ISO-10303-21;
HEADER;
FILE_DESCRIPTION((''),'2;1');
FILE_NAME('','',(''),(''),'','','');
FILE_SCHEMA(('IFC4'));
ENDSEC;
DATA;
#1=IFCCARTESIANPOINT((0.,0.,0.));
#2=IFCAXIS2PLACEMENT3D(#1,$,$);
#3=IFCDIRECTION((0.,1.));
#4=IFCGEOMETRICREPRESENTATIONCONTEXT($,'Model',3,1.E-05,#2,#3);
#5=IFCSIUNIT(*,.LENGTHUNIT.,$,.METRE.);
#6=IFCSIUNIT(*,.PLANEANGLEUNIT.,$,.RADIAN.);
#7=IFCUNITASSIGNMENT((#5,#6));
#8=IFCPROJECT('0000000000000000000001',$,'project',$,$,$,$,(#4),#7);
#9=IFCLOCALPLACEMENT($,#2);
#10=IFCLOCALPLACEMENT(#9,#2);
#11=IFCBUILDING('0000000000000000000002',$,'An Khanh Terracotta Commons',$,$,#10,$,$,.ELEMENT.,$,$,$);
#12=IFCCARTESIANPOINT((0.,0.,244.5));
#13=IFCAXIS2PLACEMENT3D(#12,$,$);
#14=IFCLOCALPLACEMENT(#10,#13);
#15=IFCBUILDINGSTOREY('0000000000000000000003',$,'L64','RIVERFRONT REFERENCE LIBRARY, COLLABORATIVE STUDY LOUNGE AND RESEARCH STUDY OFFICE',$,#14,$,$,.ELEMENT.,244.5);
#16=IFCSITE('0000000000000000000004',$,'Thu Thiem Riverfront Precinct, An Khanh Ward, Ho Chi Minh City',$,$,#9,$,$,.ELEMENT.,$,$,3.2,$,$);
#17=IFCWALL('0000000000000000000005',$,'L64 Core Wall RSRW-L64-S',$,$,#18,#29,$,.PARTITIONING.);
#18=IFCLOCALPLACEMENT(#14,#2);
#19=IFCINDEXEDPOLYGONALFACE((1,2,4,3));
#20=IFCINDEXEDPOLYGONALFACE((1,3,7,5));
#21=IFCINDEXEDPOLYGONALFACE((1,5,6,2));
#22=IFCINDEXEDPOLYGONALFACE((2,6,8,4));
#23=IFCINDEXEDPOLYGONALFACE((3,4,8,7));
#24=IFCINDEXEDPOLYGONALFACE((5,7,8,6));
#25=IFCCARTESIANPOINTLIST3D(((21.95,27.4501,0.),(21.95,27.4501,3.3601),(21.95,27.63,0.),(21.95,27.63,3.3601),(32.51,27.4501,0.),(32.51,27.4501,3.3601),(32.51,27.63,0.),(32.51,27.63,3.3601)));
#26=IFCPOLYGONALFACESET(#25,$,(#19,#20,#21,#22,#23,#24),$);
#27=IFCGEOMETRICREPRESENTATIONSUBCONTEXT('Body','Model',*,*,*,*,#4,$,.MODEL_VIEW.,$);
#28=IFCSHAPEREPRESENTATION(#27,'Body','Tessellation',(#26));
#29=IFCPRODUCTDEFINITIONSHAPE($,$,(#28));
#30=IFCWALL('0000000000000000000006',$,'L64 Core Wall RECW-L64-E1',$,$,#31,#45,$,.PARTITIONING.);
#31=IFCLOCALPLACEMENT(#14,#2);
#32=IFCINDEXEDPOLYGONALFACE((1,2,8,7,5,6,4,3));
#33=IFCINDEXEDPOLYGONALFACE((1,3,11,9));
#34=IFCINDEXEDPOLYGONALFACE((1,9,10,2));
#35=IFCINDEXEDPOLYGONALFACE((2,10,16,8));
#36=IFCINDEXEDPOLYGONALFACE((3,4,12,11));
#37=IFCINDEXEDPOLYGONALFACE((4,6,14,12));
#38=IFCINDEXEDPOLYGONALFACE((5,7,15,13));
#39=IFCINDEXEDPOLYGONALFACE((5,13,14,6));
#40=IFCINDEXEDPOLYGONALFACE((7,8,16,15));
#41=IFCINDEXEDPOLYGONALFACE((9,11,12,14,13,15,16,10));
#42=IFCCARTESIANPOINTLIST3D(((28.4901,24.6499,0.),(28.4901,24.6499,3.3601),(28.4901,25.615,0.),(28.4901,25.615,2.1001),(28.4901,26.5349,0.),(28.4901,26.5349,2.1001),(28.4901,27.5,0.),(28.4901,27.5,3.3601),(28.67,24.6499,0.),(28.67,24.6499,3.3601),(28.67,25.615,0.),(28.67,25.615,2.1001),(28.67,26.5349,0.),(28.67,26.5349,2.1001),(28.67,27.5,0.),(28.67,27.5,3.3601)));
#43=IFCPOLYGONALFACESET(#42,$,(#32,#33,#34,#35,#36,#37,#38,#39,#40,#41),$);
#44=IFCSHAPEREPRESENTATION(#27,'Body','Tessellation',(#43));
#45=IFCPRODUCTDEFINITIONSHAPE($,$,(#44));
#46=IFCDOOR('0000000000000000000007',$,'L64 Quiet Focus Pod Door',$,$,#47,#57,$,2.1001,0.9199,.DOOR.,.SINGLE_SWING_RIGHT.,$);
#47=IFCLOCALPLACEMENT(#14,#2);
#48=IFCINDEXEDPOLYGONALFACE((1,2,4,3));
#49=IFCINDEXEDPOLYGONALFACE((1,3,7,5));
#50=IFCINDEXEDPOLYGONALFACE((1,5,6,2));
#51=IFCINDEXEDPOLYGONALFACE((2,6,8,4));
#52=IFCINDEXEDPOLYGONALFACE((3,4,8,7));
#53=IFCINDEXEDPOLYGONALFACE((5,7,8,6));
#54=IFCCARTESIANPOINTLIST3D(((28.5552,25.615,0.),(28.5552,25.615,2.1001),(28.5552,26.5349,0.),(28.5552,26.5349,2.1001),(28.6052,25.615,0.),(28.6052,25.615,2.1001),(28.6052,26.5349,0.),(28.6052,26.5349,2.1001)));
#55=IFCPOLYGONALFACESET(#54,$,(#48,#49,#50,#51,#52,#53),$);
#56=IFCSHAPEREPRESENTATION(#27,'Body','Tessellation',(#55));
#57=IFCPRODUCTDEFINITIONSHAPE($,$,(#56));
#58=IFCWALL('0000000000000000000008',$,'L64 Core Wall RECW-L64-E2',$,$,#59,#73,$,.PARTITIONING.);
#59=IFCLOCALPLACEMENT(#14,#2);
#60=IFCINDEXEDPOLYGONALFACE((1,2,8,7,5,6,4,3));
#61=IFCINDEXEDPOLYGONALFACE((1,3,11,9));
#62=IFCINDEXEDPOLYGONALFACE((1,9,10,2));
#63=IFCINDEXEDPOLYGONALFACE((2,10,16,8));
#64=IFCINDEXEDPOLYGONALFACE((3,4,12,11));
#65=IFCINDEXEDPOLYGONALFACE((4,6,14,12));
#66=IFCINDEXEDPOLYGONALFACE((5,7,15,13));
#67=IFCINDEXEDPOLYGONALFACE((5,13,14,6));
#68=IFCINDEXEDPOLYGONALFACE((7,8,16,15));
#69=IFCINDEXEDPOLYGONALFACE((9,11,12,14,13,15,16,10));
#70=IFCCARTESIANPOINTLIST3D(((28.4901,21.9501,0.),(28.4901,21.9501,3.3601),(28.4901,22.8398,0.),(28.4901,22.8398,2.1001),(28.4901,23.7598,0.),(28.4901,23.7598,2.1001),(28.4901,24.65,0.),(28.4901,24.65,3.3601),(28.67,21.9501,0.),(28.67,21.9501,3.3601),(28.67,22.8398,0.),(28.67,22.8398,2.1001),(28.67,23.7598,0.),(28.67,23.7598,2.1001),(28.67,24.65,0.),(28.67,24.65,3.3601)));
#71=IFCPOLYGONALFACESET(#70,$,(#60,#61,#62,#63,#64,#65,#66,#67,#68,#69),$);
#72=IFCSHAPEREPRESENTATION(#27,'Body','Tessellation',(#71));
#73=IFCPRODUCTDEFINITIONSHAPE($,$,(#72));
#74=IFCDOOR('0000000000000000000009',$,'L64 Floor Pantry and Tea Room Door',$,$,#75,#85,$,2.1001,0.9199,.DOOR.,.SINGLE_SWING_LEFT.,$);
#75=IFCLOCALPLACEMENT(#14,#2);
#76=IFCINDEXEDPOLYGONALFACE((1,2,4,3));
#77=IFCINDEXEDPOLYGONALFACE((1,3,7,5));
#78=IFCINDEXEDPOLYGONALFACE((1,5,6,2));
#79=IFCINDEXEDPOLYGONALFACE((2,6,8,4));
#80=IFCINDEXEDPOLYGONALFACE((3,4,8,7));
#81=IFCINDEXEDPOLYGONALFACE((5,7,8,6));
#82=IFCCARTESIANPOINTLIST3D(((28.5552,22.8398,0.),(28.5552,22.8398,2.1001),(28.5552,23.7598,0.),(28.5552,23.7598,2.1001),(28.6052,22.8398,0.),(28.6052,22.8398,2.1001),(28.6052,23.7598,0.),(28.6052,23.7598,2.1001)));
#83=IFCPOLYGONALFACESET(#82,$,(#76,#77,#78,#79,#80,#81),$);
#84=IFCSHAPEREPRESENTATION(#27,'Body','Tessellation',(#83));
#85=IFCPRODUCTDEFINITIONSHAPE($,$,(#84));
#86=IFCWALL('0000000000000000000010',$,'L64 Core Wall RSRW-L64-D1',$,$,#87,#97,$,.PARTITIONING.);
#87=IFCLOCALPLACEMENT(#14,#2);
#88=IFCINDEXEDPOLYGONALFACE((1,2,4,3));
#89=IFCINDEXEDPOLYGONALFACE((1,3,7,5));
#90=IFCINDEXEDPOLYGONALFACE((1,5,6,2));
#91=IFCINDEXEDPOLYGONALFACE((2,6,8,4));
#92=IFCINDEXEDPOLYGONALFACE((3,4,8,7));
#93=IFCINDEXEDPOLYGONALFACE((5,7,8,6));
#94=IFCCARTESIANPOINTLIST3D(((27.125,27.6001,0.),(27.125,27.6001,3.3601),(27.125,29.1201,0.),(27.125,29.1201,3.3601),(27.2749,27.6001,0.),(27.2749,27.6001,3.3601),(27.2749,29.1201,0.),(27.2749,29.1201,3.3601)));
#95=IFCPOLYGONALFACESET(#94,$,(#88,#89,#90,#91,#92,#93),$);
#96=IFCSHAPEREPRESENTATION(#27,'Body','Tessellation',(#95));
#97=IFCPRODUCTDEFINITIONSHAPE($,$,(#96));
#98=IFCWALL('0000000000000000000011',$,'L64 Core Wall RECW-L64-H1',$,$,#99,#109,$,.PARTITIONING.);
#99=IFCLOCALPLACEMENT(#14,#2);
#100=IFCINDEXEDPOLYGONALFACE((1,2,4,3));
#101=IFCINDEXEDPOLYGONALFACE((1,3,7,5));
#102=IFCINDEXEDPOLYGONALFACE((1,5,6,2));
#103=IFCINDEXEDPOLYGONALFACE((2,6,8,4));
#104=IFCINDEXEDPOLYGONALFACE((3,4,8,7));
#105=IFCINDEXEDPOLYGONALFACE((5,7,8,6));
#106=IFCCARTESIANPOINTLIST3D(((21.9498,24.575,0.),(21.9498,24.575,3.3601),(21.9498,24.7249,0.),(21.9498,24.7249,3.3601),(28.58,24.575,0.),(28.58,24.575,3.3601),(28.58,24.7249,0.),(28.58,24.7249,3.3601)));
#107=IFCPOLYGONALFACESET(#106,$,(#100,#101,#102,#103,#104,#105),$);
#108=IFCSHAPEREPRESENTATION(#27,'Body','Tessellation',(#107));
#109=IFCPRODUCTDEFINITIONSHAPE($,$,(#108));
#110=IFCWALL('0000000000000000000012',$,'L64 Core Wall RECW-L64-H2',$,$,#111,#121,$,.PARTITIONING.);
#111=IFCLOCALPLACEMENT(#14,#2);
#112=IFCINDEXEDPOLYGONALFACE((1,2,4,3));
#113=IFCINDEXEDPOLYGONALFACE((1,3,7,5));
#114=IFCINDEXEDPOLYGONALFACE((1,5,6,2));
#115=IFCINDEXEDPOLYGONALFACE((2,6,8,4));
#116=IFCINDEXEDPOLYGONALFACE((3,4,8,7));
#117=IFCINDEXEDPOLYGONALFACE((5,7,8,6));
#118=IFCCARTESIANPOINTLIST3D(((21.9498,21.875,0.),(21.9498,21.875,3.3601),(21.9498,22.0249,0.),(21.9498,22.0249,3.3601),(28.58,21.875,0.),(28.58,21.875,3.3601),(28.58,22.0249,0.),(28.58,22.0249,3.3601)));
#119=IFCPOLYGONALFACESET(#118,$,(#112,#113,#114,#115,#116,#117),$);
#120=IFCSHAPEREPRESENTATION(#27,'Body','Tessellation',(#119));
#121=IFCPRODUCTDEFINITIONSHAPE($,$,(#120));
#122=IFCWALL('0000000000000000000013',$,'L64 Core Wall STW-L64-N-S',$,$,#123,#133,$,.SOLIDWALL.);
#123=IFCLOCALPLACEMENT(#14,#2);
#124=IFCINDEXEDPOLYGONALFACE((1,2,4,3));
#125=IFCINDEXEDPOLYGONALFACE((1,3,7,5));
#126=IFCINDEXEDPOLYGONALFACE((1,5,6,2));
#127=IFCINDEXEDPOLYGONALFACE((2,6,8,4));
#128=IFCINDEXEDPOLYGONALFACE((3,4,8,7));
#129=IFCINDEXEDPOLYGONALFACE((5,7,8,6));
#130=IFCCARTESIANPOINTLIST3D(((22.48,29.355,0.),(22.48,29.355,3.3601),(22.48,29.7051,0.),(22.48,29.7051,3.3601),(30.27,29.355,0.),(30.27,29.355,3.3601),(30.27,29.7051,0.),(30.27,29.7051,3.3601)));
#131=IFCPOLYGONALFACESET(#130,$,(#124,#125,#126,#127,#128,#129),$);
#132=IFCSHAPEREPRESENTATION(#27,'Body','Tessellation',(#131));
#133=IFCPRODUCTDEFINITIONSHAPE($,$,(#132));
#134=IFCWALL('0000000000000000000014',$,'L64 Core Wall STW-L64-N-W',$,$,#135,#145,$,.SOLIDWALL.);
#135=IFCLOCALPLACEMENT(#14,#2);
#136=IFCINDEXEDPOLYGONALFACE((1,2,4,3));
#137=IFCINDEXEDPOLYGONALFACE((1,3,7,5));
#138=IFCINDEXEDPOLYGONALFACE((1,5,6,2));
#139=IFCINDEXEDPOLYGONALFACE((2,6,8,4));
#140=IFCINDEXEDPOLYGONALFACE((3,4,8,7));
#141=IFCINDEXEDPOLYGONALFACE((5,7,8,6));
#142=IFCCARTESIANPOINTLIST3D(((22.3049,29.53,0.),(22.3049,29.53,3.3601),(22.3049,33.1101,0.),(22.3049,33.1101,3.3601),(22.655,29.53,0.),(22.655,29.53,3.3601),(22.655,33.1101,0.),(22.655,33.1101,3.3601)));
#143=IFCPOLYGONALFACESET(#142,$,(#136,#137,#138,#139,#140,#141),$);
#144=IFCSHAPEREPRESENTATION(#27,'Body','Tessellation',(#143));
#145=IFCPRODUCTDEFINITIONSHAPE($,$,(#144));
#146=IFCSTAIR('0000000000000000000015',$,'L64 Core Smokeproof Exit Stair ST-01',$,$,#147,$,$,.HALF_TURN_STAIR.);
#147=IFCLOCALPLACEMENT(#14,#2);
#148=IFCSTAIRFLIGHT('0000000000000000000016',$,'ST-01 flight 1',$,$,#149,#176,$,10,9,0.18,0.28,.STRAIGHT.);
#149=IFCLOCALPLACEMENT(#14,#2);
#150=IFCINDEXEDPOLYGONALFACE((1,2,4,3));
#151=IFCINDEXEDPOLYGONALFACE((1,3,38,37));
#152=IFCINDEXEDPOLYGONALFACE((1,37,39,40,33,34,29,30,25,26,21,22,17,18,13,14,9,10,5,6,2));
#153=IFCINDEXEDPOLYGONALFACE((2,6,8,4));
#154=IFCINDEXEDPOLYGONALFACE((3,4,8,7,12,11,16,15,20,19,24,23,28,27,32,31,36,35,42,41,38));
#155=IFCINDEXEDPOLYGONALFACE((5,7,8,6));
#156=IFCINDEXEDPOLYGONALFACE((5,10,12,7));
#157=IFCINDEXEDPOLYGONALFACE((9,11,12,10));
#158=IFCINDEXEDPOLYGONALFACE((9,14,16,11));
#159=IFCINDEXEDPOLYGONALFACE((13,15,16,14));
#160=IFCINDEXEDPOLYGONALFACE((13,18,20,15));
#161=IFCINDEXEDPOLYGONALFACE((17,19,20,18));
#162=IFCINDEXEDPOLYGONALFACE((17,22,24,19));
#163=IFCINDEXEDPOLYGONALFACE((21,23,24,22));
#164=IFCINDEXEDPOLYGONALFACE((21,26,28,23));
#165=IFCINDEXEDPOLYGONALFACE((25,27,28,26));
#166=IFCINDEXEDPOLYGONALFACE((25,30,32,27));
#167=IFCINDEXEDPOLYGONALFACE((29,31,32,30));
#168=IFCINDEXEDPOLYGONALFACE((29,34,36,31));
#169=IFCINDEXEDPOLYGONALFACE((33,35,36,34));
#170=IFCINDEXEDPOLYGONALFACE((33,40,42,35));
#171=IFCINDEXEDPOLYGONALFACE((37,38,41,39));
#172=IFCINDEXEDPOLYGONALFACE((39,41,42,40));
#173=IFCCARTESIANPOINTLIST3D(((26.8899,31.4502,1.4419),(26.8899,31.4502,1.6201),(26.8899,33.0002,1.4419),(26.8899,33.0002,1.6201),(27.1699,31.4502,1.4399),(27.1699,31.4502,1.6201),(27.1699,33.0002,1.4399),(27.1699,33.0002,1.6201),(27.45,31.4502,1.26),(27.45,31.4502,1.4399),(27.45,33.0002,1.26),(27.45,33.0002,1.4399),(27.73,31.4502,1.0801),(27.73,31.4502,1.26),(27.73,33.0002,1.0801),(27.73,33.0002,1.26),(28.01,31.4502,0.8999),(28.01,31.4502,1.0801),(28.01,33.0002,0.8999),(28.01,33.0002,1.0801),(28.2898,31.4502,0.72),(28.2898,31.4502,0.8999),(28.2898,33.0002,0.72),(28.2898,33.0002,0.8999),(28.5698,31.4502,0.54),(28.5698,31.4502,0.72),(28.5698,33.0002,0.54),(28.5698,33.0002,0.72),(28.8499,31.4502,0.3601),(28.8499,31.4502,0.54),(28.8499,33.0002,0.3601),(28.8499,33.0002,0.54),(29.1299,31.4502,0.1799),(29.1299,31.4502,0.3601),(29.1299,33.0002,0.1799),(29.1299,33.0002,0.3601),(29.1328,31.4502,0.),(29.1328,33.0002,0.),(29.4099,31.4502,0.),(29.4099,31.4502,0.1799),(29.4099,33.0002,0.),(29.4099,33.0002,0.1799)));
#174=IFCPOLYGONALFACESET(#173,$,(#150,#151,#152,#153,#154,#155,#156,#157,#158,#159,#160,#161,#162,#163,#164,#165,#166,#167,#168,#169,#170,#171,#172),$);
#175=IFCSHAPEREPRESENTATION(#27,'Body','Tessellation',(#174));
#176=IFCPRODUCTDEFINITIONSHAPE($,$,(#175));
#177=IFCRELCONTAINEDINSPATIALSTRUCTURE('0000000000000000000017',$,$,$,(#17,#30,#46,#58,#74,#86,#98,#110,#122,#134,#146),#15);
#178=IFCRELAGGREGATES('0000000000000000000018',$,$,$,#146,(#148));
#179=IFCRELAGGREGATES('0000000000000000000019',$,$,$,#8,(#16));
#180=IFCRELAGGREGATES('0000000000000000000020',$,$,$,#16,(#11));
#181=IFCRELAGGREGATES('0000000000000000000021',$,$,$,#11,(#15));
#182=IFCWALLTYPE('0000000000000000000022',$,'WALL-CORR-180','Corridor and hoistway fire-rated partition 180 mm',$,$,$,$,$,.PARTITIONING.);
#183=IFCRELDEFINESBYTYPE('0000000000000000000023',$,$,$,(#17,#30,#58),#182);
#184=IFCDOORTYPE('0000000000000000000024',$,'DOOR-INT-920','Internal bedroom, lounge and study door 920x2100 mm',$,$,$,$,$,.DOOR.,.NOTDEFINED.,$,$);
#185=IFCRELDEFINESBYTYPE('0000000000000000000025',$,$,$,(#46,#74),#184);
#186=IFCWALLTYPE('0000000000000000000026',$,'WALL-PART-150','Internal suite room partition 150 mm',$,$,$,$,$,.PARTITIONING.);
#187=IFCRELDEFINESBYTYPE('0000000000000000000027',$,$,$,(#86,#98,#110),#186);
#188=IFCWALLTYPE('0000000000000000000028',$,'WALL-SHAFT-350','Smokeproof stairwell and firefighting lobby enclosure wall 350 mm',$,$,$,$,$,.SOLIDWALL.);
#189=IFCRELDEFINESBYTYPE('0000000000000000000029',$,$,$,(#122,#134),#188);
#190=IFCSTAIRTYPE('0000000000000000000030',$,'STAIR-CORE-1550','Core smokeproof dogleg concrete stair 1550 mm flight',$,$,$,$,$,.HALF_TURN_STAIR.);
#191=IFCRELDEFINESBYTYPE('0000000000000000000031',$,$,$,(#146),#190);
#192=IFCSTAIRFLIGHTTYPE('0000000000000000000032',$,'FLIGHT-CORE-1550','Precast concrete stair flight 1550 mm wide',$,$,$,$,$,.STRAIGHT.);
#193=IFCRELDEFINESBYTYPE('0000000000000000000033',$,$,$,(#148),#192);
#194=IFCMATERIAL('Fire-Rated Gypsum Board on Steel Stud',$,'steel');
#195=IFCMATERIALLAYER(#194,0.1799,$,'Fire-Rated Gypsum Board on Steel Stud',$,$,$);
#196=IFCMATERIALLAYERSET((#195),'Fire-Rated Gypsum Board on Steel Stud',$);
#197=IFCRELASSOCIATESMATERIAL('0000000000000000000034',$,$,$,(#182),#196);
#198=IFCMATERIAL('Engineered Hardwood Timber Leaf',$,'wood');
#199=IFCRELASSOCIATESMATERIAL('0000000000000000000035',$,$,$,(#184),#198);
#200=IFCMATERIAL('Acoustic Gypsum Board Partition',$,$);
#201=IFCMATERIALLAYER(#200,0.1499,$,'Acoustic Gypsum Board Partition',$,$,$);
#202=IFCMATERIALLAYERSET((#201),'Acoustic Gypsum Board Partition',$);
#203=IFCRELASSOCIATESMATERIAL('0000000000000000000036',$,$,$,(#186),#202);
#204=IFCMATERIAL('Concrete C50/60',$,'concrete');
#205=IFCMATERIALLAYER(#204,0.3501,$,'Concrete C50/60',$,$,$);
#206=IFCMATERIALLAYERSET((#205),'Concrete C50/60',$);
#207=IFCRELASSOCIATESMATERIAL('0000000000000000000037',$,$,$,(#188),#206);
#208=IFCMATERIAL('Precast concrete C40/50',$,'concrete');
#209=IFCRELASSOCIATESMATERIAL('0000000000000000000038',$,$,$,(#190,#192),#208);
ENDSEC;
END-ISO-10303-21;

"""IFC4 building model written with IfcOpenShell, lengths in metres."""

from ifc_helpers import new_model, si_unit, direction, frame, frame_2d, origin, place, context, subcontext, project, spatial, polyline, rectangle, outline, extrude, material, layer, layer_set, type_object, element, fill, aggregate, save


model = new_model("IFC4")

# Units and contexts
model_context = context("Model", 3, precision=1e-05, world=origin(), true_north=direction((0.0, 1.0)))
body_context = subcontext(model_context, "Body", "Model", "MODEL_VIEW")
ifc_project = project(units=[si_unit("LENGTHUNIT", "METRE"), si_unit("PLANEANGLEUNIT", "RADIAN")], contexts=[model_context])

# Site, building, storey
site_placement = place(None, origin())
site = spatial("IfcSite", under=ifc_project, at=site_placement, Name="Thu Thiem Riverfront Precinct, An Khanh Ward, Ho Chi Minh City", CompositionType="ELEMENT", RefElevation=3.2)
building_placement = place(site_placement, origin())
building = spatial("IfcBuilding", under=site, at=building_placement, Name="An Khanh Terracotta Commons", CompositionType="ELEMENT")
storey_placement = place(building_placement, frame((0.0, 0.0, 244.5)))
storey = spatial("IfcBuildingStorey", under=building, at=storey_placement, Name="L64", Description="RIVERFRONT REFERENCE LIBRARY, COLLABORATIVE STUDY LOUNGE AND RESEARCH STUDY OFFICE", CompositionType="ELEMENT", Elevation=244.5)

# Wall
ifc_material_1 = material(Name="Fire-Rated Gypsum Board on Steel Stud", Category="steel")
ifc_layer_1 = layer(ifc_material_1, 0.1799, Name="Fire-Rated Gypsum Board on Steel Stud")
ifc_layer_set_1 = layer_set([ifc_layer_1], Name="Fire-Rated Gypsum Board on Steel Stud")
wall_type_1 = type_object("IfcWallType", Name="WALL-CORR-180", Description="Corridor and hoistway fire-rated partition 180 mm", PredefinedType="PARTITIONING", material=ifc_layer_set_1)
wall_1_placement = place(storey_placement, frame((21.95, 27.54, 0.0), z_axis=(0.0, 0.0, 1.0), x_axis=(1.0, 0.0, 0.0)))
element("IfcWall", 1, at=wall_1_placement, inside=storey, type_object=wall_type_1, Name="L64 Core Wall RSRW-L64-S", PredefinedType="PARTITIONING", context=body_context, shape_type="SweptSolid", body=[
    extrude(rectangle(XDim=10.5601, YDim=0.1799, at=frame_2d((5.28, 0.0))), origin(), (0.0, 0.0, 1.0), 3.3601),
])

# Walls, openings, doors
wall_2_placement = place(storey_placement, frame((28.5801, 24.6499, 0.0), z_axis=(0.0, 0.0, 1.0), x_axis=(0.0, 1.0, 0.0)))
wall_2 = element("IfcWall", 2, at=wall_2_placement, inside=storey, type_object=wall_type_1, Name="L64 Core Wall RECW-L64-E1", PredefinedType="PARTITIONING", context=body_context, shape_type="SweptSolid", body=[
    extrude(rectangle(XDim=2.8501, YDim=0.1799, at=frame_2d((1.425, 0.0))), origin(), (0.0, 0.0, 1.0), 3.3601),
])
opening_1_placement = place(wall_2_placement, frame((0.9651, 0.0, 0.0)))
opening_1 = element("IfcOpeningElement", 3, at=opening_1_placement, cuts=wall_2, PredefinedType="OPENING", context=body_context, shape_type="SweptSolid", body=[
    extrude(rectangle(XDim=0.9199, YDim=2.1001, at=frame_2d((0.46, 1.05))), frame((0.0, 0.0999, 0.0), z_axis=(0.0, -1.0, 0.0), x_axis=(1.0, 0.0, 0.0)), (0.0, 0.0, 1.0), 0.2),
])
ifc_material_2 = material(Name="Engineered Hardwood Timber Leaf", Category="wood")
door_type = type_object("IfcDoorType", Name="DOOR-INT-920", Description="Internal bedroom, lounge and study door 920x2100 mm", OperationType="NOTDEFINED", PredefinedType="DOOR", material=ifc_material_2)
door_1_placement = place(opening_1_placement, origin())
door_1 = element("IfcDoor", 4, at=door_1_placement, inside=storey, type_object=door_type, Name="L64 Quiet Focus Pod Door", OperationType="SINGLE_SWING_RIGHT", OverallHeight=2.1001, OverallWidth=0.9199, PredefinedType="DOOR", context=body_context, shape_type="SweptSolid", body=[
    extrude(rectangle(XDim=0.9199, YDim=2.1001, at=frame_2d((0.46, 1.05))), frame((0.0, 0.0249, 0.0), z_axis=(0.0, -1.0, 0.0), x_axis=(1.0, 0.0, 0.0)), (0.0, 0.0, 1.0), 0.05),
])
fill(opening_1, door_1)
wall_3_placement = place(storey_placement, frame((28.5801, 21.95, 0.0), z_axis=(0.0, 0.0, 1.0), x_axis=(0.0, 1.0, 0.0)))
wall_3 = element("IfcWall", 5, at=wall_3_placement, inside=storey, type_object=wall_type_1, Name="L64 Core Wall RECW-L64-E2", PredefinedType="PARTITIONING", context=body_context, shape_type="SweptSolid", body=[
    extrude(rectangle(XDim=2.7, YDim=0.1799, at=frame_2d((1.3501, 0.0))), origin(), (0.0, 0.0, 1.0), 3.3601),
])
opening_2_placement = place(wall_3_placement, frame((0.8899, 0.0, 0.0)))
opening_2 = element("IfcOpeningElement", 6, at=opening_2_placement, cuts=wall_3, PredefinedType="OPENING", context=body_context, shape_type="SweptSolid", body=[
    extrude(rectangle(XDim=0.9199, YDim=2.1001, at=frame_2d((0.46, 1.05))), frame((0.0, 0.0999, 0.0), z_axis=(0.0, -1.0, 0.0), x_axis=(1.0, 0.0, 0.0)), (0.0, 0.0, 1.0), 0.2),
])
door_2_placement = place(opening_2_placement, origin())
door_2 = element("IfcDoor", 7, at=door_2_placement, inside=storey, type_object=door_type, Name="L64 Floor Pantry and Tea Room Door", OperationType="SINGLE_SWING_LEFT", OverallHeight=2.1001, OverallWidth=0.9199, PredefinedType="DOOR", context=body_context, shape_type="SweptSolid", body=[
    extrude(rectangle(XDim=0.9199, YDim=2.1001, at=frame_2d((0.46, 1.05))), frame((0.0, 0.0249, 0.0), z_axis=(0.0, -1.0, 0.0), x_axis=(1.0, 0.0, 0.0)), (0.0, 0.0, 1.0), 0.05),
])
fill(opening_2, door_2)

# Walls
ifc_material_3 = material(Name="Acoustic Gypsum Board Partition")
ifc_layer_2 = layer(ifc_material_3, 0.1499, Name="Acoustic Gypsum Board Partition")
ifc_layer_set_2 = layer_set([ifc_layer_2], Name="Acoustic Gypsum Board Partition")
wall_type_2 = type_object("IfcWallType", Name="WALL-PART-150", Description="Internal suite room partition 150 mm", PredefinedType="PARTITIONING", material=ifc_layer_set_2)
wall_4_placement = place(storey_placement, frame((27.2, 27.6001, 0.0), z_axis=(0.0, 0.0, 1.0), x_axis=(0.0, 1.0, 0.0)))
element("IfcWall", 8, at=wall_4_placement, inside=storey, type_object=wall_type_2, Name="L64 Core Wall RSRW-L64-D1", PredefinedType="PARTITIONING", context=body_context, shape_type="SweptSolid", body=[
    extrude(rectangle(XDim=1.52, YDim=0.1499, at=frame_2d((0.76, 0.0))), origin(), (0.0, 0.0, 1.0), 3.3601),
])
for number, where, z_axis, x_axis, name in (
    (9, (21.95, 24.6499, 0.0), (0.0, 0.0, 1.0), (1.0, 0.0, 0.0), "L64 Core Wall RECW-L64-H1"),
    (10, (21.95, 21.95, 0.0), (0.0, 0.0, 1.0), (1.0, 0.0, 0.0), "L64 Core Wall RECW-L64-H2"),
):
    element("IfcWall", number, at=place(storey_placement, frame(where, z_axis=z_axis, x_axis=x_axis)), inside=storey, type_object=wall_type_2, Name=name, PredefinedType="PARTITIONING", context=body_context, shape_type="SweptSolid", body=[
        extrude(rectangle(XDim=6.6301, YDim=0.1499, at=frame_2d((3.3149, 0.0))), origin(), (0.0, 0.0, 1.0), 3.3601),
    ])
ifc_material_4 = material(Name="Concrete C50/60", Category="concrete")
ifc_layer_3 = layer(ifc_material_4, 0.3501, Name="Concrete C50/60")
ifc_layer_set_3 = layer_set([ifc_layer_3], Name="Concrete C50/60")
wall_type_3 = type_object("IfcWallType", Name="WALL-SHAFT-350", Description="Smokeproof stairwell and firefighting lobby enclosure wall 350 mm", PredefinedType="SOLIDWALL", material=ifc_layer_set_3)
wall_5_placement = place(storey_placement, frame((22.48, 29.53, 0.0), z_axis=(0.0, 0.0, 1.0), x_axis=(1.0, 0.0, 0.0)))
element("IfcWall", 11, at=wall_5_placement, inside=storey, type_object=wall_type_3, Name="L64 Core Wall STW-L64-N-S", PredefinedType="SOLIDWALL", context=body_context, shape_type="SweptSolid", body=[
    extrude(rectangle(XDim=7.79, YDim=0.3501, at=frame_2d((3.895, 0.0))), origin(), (0.0, 0.0, 1.0), 3.3601),
])
wall_6_placement = place(storey_placement, frame((22.48, 29.53, 0.0), z_axis=(0.0, 0.0, 1.0), x_axis=(0.0, 1.0, 0.0)))
element("IfcWall", 12, at=wall_6_placement, inside=storey, type_object=wall_type_3, Name="L64 Core Wall STW-L64-N-W", PredefinedType="SOLIDWALL", context=body_context, shape_type="SweptSolid", body=[
    extrude(rectangle(XDim=3.5801, YDim=0.3501, at=frame_2d((1.79, 0.0))), origin(), (0.0, 0.0, 1.0), 3.3601),
])

# Stair, stair flight
ifc_material_5 = material(Name="Precast concrete C40/50", Category="concrete")
stair_type = type_object("IfcStairType", Name="STAIR-CORE-1550", Description="Core smokeproof dogleg concrete stair 1550 mm flight", PredefinedType="HALF_TURN_STAIR", material=ifc_material_5)
stair_placement = place(storey_placement, origin())
stair = element("IfcStair", 13, at=stair_placement, inside=storey, type_object=stair_type, Name="L64 Core Smokeproof Exit Stair ST-01", PredefinedType="HALF_TURN_STAIR")
stair_flight_type = type_object("IfcStairFlightType", Name="FLIGHT-CORE-1550", Description="Precast concrete stair flight 1550 mm wide", PredefinedType="STRAIGHT", material=ifc_material_5)
stair_flight_1_placement = place(storey_placement, frame((29.4099, 32.2251, 0.0), z_axis=(0.0, 0.0, 1.0), x_axis=(-1.0, 0.0, 0.0)))
stair_flight_1 = element("IfcStairFlight", 14, at=stair_flight_1_placement, type_object=stair_flight_type, Name="ST-01 flight 1", NumberOfRisers=10, NumberOfTreads=9, PredefinedType="STRAIGHT", RiserHeight=0.18, TreadLength=0.28, context=body_context, shape_type="SweptSolid", body=[
    extrude(outline(polyline([(0.0, 0.0), (0.0, 0.1799), (0.28, 0.1799), (0.28, 0.3601), (0.5601, 0.3601), (0.5601, 0.54), (0.8401, 0.54), (0.8401, 0.72), (1.1201, 0.72), (1.1201, 0.8999), (1.3999, 0.8999), (1.3999, 1.0801), (1.6799, 1.0801), (1.6799, 1.26), (1.96, 1.26), (1.96, 1.4399), (2.24, 1.4399), (2.24, 1.6201), (2.52, 1.6201), (2.52, 1.8), (2.52, 1.4419), (0.2771, 0.0), (0.0, 0.0)])), frame((0.0, 0.7749, 0.0), z_axis=(0.0, -1.0, 0.0), x_axis=(1.0, 0.0, 0.0)), (0.0, 0.0, 1.0), 1.55),
])
aggregate(stair, [stair_flight_1])

save(model, "model.ifc")
